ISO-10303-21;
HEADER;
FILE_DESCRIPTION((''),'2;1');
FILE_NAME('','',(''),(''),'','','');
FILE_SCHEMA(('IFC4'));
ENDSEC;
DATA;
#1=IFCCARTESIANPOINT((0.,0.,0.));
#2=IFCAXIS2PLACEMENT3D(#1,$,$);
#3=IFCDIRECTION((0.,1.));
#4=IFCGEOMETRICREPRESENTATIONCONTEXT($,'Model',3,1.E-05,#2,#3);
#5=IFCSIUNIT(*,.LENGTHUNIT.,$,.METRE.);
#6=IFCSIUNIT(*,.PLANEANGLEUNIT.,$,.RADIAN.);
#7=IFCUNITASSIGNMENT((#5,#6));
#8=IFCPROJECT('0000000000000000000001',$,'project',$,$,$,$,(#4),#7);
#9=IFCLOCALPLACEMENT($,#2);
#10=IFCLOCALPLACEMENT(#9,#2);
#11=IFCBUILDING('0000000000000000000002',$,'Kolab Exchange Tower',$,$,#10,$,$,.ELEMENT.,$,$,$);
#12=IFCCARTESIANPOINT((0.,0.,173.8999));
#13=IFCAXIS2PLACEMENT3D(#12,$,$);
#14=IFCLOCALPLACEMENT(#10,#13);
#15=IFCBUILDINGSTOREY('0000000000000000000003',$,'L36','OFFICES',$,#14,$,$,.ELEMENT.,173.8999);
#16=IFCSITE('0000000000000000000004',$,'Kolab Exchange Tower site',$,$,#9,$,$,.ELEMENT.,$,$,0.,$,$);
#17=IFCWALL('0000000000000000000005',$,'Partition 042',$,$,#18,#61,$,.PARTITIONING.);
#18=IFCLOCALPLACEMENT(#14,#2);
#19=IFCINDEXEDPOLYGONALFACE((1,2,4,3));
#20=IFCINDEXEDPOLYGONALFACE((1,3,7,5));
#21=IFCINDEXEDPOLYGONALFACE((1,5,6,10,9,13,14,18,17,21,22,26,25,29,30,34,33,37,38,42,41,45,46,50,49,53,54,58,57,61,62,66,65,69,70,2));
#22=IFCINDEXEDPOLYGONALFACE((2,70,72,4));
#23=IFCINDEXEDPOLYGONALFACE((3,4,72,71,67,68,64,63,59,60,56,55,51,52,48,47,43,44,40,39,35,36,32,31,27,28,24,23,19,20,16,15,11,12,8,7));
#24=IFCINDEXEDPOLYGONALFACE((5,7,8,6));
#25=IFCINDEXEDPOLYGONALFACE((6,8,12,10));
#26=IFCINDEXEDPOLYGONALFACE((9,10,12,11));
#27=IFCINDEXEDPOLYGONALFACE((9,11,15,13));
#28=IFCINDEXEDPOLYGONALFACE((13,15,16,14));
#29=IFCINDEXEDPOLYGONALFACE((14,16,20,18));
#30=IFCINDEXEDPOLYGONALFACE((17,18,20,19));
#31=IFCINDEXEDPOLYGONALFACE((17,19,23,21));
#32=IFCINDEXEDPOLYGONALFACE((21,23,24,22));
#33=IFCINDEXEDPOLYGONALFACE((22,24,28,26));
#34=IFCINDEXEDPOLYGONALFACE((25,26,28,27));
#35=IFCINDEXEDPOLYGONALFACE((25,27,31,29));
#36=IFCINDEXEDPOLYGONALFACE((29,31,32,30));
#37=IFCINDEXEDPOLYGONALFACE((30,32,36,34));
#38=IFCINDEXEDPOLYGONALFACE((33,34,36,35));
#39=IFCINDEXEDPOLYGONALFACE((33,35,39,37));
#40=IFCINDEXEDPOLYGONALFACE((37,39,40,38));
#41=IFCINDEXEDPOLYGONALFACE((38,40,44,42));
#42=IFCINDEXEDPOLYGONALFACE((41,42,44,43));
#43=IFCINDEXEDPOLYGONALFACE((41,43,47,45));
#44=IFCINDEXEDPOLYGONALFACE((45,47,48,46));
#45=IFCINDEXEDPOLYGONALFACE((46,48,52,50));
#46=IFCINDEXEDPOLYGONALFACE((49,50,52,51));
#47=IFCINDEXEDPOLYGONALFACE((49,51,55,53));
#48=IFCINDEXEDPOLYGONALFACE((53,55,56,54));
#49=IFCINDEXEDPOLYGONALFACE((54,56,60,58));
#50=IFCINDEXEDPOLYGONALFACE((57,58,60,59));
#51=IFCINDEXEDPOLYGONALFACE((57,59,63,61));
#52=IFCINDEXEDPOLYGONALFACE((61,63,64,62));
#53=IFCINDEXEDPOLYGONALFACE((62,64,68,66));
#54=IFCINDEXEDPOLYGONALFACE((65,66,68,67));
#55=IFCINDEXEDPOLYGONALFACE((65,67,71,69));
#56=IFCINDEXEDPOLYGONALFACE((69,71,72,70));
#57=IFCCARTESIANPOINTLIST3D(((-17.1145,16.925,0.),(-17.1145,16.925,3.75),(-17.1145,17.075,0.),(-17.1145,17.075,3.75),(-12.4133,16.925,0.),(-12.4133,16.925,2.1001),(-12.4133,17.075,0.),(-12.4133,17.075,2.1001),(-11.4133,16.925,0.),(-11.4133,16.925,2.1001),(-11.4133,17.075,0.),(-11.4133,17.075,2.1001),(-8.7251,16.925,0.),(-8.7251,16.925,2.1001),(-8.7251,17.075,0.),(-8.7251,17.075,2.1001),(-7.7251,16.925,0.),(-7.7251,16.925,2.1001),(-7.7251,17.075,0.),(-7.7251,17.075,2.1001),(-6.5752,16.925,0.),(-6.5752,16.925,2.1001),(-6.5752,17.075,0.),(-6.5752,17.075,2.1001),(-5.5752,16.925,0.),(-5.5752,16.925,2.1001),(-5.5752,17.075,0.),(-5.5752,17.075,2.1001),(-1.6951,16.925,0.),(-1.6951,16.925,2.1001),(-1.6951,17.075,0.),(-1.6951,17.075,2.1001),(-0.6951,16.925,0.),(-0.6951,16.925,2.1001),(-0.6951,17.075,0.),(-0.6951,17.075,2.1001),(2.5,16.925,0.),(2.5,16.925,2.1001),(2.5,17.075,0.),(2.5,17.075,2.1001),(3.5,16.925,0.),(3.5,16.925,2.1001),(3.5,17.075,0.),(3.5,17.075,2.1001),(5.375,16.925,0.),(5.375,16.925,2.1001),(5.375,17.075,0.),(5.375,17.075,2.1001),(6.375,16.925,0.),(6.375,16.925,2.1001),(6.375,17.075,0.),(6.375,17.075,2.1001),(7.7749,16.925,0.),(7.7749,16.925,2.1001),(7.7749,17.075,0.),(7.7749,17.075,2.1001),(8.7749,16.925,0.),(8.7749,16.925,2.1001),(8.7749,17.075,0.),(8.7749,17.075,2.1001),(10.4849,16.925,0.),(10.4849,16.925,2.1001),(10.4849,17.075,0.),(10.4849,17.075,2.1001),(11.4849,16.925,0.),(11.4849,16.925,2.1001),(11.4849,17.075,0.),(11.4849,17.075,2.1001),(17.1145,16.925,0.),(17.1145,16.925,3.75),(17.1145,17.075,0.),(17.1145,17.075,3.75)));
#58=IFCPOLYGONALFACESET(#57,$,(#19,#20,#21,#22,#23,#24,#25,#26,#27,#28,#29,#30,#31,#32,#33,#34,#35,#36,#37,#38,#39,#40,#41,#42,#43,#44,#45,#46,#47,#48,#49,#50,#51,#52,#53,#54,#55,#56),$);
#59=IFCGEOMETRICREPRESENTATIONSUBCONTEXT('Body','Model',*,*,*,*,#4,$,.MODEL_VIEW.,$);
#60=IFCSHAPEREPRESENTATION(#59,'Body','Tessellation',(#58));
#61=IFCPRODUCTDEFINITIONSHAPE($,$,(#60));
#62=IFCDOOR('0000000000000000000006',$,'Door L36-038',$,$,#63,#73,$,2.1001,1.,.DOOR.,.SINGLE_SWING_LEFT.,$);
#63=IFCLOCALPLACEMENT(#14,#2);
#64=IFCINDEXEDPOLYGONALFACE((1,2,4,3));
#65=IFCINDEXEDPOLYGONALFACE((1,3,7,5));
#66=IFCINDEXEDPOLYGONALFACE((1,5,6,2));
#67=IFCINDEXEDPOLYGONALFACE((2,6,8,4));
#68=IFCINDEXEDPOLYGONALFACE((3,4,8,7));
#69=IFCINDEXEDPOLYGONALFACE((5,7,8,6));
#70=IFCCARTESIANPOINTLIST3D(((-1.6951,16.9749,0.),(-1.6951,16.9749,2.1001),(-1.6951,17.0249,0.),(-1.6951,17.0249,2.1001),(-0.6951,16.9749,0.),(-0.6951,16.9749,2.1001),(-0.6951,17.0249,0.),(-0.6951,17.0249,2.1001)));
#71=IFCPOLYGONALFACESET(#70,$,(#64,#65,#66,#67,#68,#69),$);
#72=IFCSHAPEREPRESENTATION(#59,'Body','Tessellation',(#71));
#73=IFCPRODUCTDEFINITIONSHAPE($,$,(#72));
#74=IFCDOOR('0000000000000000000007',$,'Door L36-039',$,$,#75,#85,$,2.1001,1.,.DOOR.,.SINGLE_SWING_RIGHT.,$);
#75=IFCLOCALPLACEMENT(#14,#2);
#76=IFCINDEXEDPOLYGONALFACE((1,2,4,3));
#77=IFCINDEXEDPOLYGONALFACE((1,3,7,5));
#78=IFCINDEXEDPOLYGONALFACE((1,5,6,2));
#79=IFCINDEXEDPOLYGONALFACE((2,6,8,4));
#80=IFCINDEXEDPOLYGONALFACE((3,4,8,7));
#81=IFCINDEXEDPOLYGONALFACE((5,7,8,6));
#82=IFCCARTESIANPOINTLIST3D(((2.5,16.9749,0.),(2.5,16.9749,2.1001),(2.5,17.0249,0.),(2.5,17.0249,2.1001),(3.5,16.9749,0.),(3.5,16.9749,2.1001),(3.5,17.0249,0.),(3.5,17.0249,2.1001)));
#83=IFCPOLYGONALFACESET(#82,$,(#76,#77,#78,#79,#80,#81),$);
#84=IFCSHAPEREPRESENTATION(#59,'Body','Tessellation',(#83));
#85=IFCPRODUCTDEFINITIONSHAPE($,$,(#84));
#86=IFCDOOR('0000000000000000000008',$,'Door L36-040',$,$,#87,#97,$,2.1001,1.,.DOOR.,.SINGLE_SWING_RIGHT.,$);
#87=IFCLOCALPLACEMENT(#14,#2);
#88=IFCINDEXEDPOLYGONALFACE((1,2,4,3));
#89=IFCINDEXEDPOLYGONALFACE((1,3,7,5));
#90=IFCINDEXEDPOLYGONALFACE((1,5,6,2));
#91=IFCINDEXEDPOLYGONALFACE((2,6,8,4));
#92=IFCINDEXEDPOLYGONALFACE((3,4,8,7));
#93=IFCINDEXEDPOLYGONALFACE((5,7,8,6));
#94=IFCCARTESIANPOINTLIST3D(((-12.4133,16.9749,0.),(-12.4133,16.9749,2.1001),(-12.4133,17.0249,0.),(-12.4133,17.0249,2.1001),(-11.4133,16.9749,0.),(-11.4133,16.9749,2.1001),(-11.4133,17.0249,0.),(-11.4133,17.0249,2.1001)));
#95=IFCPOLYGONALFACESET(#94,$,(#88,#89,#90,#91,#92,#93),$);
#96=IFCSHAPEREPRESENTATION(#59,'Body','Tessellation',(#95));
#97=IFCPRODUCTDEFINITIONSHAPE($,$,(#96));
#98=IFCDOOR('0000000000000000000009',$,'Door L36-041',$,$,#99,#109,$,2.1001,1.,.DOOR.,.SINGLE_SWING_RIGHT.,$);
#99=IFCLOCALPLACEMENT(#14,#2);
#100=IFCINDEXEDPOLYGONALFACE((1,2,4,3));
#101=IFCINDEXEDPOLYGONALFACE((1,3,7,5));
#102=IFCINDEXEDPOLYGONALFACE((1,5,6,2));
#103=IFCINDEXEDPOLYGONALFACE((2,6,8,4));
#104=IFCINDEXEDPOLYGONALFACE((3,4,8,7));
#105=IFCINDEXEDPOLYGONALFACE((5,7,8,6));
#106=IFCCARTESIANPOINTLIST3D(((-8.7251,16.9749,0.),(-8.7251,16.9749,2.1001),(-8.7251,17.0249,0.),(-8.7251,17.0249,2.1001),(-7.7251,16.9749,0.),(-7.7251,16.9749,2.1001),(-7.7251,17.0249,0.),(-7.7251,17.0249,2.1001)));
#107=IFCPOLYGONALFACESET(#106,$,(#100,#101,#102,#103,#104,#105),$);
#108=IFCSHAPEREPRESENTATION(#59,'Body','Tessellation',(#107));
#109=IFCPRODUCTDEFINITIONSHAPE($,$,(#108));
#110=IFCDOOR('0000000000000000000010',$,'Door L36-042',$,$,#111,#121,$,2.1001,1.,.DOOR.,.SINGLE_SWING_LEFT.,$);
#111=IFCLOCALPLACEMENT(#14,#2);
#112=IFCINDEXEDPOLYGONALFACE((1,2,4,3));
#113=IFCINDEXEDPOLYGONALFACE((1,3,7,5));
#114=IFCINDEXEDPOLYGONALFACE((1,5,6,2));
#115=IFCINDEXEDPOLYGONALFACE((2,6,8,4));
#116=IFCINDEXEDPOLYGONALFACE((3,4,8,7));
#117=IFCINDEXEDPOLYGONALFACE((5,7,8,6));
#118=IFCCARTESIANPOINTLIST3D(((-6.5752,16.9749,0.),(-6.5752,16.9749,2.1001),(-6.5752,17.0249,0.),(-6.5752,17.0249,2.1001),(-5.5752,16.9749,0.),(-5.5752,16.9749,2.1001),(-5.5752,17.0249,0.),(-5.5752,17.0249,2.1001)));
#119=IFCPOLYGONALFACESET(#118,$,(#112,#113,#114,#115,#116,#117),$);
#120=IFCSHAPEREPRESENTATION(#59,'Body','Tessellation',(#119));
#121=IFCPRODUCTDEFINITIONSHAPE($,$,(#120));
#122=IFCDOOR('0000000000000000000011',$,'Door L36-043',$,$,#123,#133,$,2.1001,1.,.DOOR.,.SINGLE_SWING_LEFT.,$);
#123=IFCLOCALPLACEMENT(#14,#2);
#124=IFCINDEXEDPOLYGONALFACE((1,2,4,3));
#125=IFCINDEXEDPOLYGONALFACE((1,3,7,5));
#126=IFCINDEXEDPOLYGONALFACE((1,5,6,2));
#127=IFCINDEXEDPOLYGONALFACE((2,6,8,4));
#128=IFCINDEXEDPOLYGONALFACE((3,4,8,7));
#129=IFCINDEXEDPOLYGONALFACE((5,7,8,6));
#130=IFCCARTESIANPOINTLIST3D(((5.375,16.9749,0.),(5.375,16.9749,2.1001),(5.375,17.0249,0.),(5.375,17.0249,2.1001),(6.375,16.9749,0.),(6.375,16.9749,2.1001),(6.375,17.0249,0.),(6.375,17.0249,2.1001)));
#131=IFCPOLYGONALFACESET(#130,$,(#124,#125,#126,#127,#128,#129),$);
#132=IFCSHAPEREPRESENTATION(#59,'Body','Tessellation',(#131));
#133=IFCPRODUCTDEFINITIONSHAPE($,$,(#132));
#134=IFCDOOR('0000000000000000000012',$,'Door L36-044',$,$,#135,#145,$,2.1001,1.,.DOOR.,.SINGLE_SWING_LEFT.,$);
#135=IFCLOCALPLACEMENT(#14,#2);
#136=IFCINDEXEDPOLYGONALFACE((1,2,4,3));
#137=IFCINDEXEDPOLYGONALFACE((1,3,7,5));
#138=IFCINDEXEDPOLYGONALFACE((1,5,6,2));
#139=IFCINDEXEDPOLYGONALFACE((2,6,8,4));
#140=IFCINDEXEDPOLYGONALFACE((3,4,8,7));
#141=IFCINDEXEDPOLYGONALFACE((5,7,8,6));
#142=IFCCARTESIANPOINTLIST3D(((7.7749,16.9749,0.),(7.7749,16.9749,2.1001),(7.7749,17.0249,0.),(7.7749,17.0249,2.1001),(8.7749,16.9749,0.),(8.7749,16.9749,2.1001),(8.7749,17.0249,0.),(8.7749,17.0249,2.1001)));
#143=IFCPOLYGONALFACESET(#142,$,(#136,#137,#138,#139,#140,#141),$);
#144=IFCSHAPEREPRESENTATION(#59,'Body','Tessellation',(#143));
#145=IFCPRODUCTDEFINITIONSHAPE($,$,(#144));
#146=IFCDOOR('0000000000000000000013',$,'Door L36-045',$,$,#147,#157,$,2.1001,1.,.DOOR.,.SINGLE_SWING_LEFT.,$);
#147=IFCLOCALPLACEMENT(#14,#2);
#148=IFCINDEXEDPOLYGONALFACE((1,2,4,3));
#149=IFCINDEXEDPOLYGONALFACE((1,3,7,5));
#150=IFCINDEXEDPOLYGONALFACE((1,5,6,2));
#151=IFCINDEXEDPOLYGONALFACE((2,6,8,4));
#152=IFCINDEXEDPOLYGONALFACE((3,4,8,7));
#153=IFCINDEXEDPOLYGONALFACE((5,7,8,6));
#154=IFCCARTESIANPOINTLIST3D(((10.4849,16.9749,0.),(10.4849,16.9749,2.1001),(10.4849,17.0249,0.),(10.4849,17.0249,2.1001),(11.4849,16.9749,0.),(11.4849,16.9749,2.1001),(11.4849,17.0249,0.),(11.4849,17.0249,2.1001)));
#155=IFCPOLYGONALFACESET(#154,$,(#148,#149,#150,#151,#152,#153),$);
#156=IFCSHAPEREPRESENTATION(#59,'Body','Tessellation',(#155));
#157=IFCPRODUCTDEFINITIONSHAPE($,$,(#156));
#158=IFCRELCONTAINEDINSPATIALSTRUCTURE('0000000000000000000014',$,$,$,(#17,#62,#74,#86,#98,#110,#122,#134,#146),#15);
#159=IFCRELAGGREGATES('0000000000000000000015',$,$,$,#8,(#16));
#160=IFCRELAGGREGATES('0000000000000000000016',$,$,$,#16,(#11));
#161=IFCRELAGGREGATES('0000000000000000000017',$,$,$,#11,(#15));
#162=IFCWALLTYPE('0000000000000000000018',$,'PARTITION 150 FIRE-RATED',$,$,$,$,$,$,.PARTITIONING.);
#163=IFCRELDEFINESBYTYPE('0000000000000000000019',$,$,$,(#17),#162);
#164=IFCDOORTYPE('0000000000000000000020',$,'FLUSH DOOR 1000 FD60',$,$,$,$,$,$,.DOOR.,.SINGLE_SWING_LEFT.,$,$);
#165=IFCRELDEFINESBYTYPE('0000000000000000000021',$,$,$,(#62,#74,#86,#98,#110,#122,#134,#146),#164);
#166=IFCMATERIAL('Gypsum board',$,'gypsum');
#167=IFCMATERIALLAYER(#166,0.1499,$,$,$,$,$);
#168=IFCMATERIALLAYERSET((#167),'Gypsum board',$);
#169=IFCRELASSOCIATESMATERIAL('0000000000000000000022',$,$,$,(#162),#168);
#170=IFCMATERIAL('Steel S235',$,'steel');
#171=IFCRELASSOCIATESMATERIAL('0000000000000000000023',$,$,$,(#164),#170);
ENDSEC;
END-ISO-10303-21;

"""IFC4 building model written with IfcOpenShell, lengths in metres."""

from ifc_helpers import new_model, si_unit, direction, frame, frame_2d, origin, place, context, subcontext, project, spatial, rectangle, extrude, material, layer, layer_set, type_object, element, fill, save


model = new_model("IFC4")

# Units and contexts
model_context = context("Model", 3, precision=1e-05, world=origin(), true_north=direction((0.0, 1.0)))
body_context = subcontext(model_context, "Body", "Model", "MODEL_VIEW")
ifc_project = project(units=[si_unit("LENGTHUNIT", "METRE"), si_unit("PLANEANGLEUNIT", "RADIAN")], contexts=[model_context])

# Site, building, storey
site_placement = place(None, origin())
site = spatial("IfcSite", under=ifc_project, at=site_placement, Name="Kolab Exchange Tower site", CompositionType="ELEMENT", RefElevation=0.0)
building_placement = place(site_placement, origin())
building = spatial("IfcBuilding", under=site, at=building_placement, Name="Kolab Exchange Tower", CompositionType="ELEMENT")
storey_placement = place(building_placement, frame((0.0, 0.0, 173.8999)))
storey = spatial("IfcBuildingStorey", under=building, at=storey_placement, Name="L36", Description="OFFICES", CompositionType="ELEMENT", Elevation=173.8999)

# Wall, openings, doors
ifc_material_1 = material(Name="Gypsum board", Category="gypsum")
ifc_layer_1 = layer(ifc_material_1, 0.1499)
ifc_layer_set_1 = layer_set([ifc_layer_1], Name="Gypsum board")
wall_type = type_object("IfcWallType", Name="PARTITION 150 FIRE-RATED", PredefinedType="PARTITIONING", material=ifc_layer_set_1)
wall_placement = place(storey_placement, frame((-17.1145, 17.0, 0.0), z_axis=(0.0, 0.0, 1.0), x_axis=(1.0, 0.0, 0.0)))
wall = element("IfcWall", 1, at=wall_placement, inside=storey, type_object=wall_type, Name="Partition 042", PredefinedType="PARTITIONING", context=body_context, shape_type="SweptSolid", body=[
    extrude(rectangle(XDim=34.229, YDim=0.1499, at=frame_2d((17.1145, 0.0))), origin(), (0.0, 0.0, 1.0), 3.75),
])
opening_1_placement = place(wall_placement, frame((15.4194, 0.0, 0.0)))
opening_1 = element("IfcOpeningElement", 2, at=opening_1_placement, cuts=wall, PredefinedType="OPENING", context=body_context, shape_type="SweptSolid", body=[
    extrude(rectangle(XDim=1.0, YDim=2.1001, at=frame_2d((0.5, 1.05))), frame((0.0, 0.085, 0.0), z_axis=(0.0, -1.0, 0.0), x_axis=(1.0, 0.0, 0.0)), (0.0, 0.0, 1.0), 0.1699),
])
opening_2_placement = place(wall_placement, frame((19.6145, 0.0, 0.0)))
opening_2 = element("IfcOpeningElement", 3, at=opening_2_placement, cuts=wall, PredefinedType="OPENING", context=body_context, shape_type="SweptSolid", body=[
    extrude(rectangle(XDim=1.0, YDim=2.1001, at=frame_2d((0.5, 1.05))), frame((0.0, 0.085, 0.0), z_axis=(0.0, -1.0, 0.0), x_axis=(1.0, 0.0, 0.0)), (0.0, 0.0, 1.0), 0.1699),
])
opening_3_placement = place(wall_placement, frame((4.7012, 0.0, 0.0)))
opening_3 = element("IfcOpeningElement", 4, at=opening_3_placement, cuts=wall, PredefinedType="OPENING", context=body_context, shape_type="SweptSolid", body=[
    extrude(rectangle(XDim=1.0, YDim=2.1001, at=frame_2d((0.5, 1.05))), frame((0.0, 0.085, 0.0), z_axis=(0.0, -1.0, 0.0), x_axis=(1.0, 0.0, 0.0)), (0.0, 0.0, 1.0), 0.1699),
])
opening_4_placement = place(wall_placement, frame((8.3894, 0.0, 0.0)))
opening_4 = element("IfcOpeningElement", 5, at=opening_4_placement, cuts=wall, PredefinedType="OPENING", context=body_context, shape_type="SweptSolid", body=[
    extrude(rectangle(XDim=1.0, YDim=2.1001, at=frame_2d((0.5, 1.05))), frame((0.0, 0.085, 0.0), z_axis=(0.0, -1.0, 0.0), x_axis=(1.0, 0.0, 0.0)), (0.0, 0.0, 1.0), 0.1699),
])
opening_5_placement = place(wall_placement, frame((10.5393, 0.0, 0.0)))
opening_5 = element("IfcOpeningElement", 6, at=opening_5_placement, cuts=wall, PredefinedType="OPENING", context=body_context, shape_type="SweptSolid", body=[
    extrude(rectangle(XDim=1.0, YDim=2.1001, at=frame_2d((0.5, 1.05))), frame((0.0, 0.085, 0.0), z_axis=(0.0, -1.0, 0.0), x_axis=(1.0, 0.0, 0.0)), (0.0, 0.0, 1.0), 0.1699),
])
opening_6_placement = place(wall_placement, frame((22.4895, 0.0, 0.0)))
opening_6 = element("IfcOpeningElement", 7, at=opening_6_placement, cuts=wall, PredefinedType="OPENING", context=body_context, shape_type="SweptSolid", body=[
    extrude(rectangle(XDim=1.0, YDim=2.1001, at=frame_2d((0.5, 1.05))), frame((0.0, 0.085, 0.0), z_axis=(0.0, -1.0, 0.0), x_axis=(1.0, 0.0, 0.0)), (0.0, 0.0, 1.0), 0.1699),
])
opening_7_placement = place(wall_placement, frame((24.8894, 0.0, 0.0)))
opening_7 = element("IfcOpeningElement", 8, at=opening_7_placement, cuts=wall, PredefinedType="OPENING", context=body_context, shape_type="SweptSolid", body=[
    extrude(rectangle(XDim=1.0, YDim=2.1001, at=frame_2d((0.5, 1.05))), frame((0.0, 0.085, 0.0), z_axis=(0.0, -1.0, 0.0), x_axis=(1.0, 0.0, 0.0)), (0.0, 0.0, 1.0), 0.1699),
])
opening_8_placement = place(wall_placement, frame((27.5994, 0.0, 0.0)))
opening_8 = element("IfcOpeningElement", 9, at=opening_8_placement, cuts=wall, PredefinedType="OPENING", context=body_context, shape_type="SweptSolid", body=[
    extrude(rectangle(XDim=1.0, YDim=2.1001, at=frame_2d((0.5, 1.05))), frame((0.0, 0.085, 0.0), z_axis=(0.0, -1.0, 0.0), x_axis=(1.0, 0.0, 0.0)), (0.0, 0.0, 1.0), 0.1699),
])
ifc_material_2 = material(Name="Steel S235", Category="steel")
door_type = type_object("IfcDoorType", Name="FLUSH DOOR 1000 FD60", OperationType="SINGLE_SWING_LEFT", PredefinedType="DOOR", material=ifc_material_2)
door_1_placement = place(opening_1_placement, origin())
door_1 = element("IfcDoor", 10, at=door_1_placement, inside=storey, type_object=door_type, Name="Door L36-038", OperationType="SINGLE_SWING_LEFT", OverallHeight=2.1001, OverallWidth=1.0, PredefinedType="DOOR", context=body_context, shape_type="SweptSolid", body=[
    extrude(rectangle(XDim=1.0, YDim=2.1001, at=frame_2d((0.5, 1.05))), frame((0.0, 0.0249, 0.0), z_axis=(0.0, -1.0, 0.0), x_axis=(1.0, 0.0, 0.0)), (0.0, 0.0, 1.0), 0.05),
])
fill(opening_1, door_1)
door_2_placement = place(opening_2_placement, origin())
door_2 = element("IfcDoor", 11, at=door_2_placement, inside=storey, type_object=door_type, Name="Door L36-039", OperationType="SINGLE_SWING_RIGHT", OverallHeight=2.1001, OverallWidth=1.0, PredefinedType="DOOR", context=body_context, shape_type="SweptSolid", body=[
    extrude(rectangle(XDim=1.0, YDim=2.1001, at=frame_2d((0.5, 1.05))), frame((0.0, 0.0249, 0.0), z_axis=(0.0, -1.0, 0.0), x_axis=(1.0, 0.0, 0.0)), (0.0, 0.0, 1.0), 0.05),
])
fill(opening_2, door_2)
door_3_placement = place(opening_3_placement, origin())
door_3 = element("IfcDoor", 12, at=door_3_placement, inside=storey, type_object=door_type, Name="Door L36-040", OperationType="SINGLE_SWING_RIGHT", OverallHeight=2.1001, OverallWidth=1.0, PredefinedType="DOOR", context=body_context, shape_type="SweptSolid", body=[
    extrude(rectangle(XDim=1.0, YDim=2.1001, at=frame_2d((0.5, 1.05))), frame((0.0, 0.0249, 0.0), z_axis=(0.0, -1.0, 0.0), x_axis=(1.0, 0.0, 0.0)), (0.0, 0.0, 1.0), 0.05),
])
fill(opening_3, door_3)
door_4_placement = place(opening_4_placement, origin())
door_4 = element("IfcDoor", 13, at=door_4_placement, inside=storey, type_object=door_type, Name="Door L36-041", OperationType="SINGLE_SWING_RIGHT", OverallHeight=2.1001, OverallWidth=1.0, PredefinedType="DOOR", context=body_context, shape_type="SweptSolid", body=[
    extrude(rectangle(XDim=1.0, YDim=2.1001, at=frame_2d((0.5, 1.05))), frame((0.0, 0.0249, 0.0), z_axis=(0.0, -1.0, 0.0), x_axis=(1.0, 0.0, 0.0)), (0.0, 0.0, 1.0), 0.05),
])
fill(opening_4, door_4)
door_5_placement = place(opening_5_placement, origin())
door_5 = element("IfcDoor", 14, at=door_5_placement, inside=storey, type_object=door_type, Name="Door L36-042", OperationType="SINGLE_SWING_LEFT", OverallHeight=2.1001, OverallWidth=1.0, PredefinedType="DOOR", context=body_context, shape_type="SweptSolid", body=[
    extrude(rectangle(XDim=1.0, YDim=2.1001, at=frame_2d((0.5, 1.05))), frame((0.0, 0.0249, 0.0), z_axis=(0.0, -1.0, 0.0), x_axis=(1.0, 0.0, 0.0)), (0.0, 0.0, 1.0), 0.05),
])
fill(opening_5, door_5)
door_6_placement = place(opening_6_placement, origin())
door_6 = element("IfcDoor", 15, at=door_6_placement, inside=storey, type_object=door_type, Name="Door L36-043", OperationType="SINGLE_SWING_LEFT", OverallHeight=2.1001, OverallWidth=1.0, PredefinedType="DOOR", context=body_context, shape_type="SweptSolid", body=[
    extrude(rectangle(XDim=1.0, YDim=2.1001, at=frame_2d((0.5, 1.05))), frame((0.0, 0.0249, 0.0), z_axis=(0.0, -1.0, 0.0), x_axis=(1.0, 0.0, 0.0)), (0.0, 0.0, 1.0), 0.05),
])
fill(opening_6, door_6)
door_7_placement = place(opening_7_placement, origin())
door_7 = element("IfcDoor", 16, at=door_7_placement, inside=storey, type_object=door_type, Name="Door L36-044", OperationType="SINGLE_SWING_LEFT", OverallHeight=2.1001, OverallWidth=1.0, PredefinedType="DOOR", context=body_context, shape_type="SweptSolid", body=[
    extrude(rectangle(XDim=1.0, YDim=2.1001, at=frame_2d((0.5, 1.05))), frame((0.0, 0.0249, 0.0), z_axis=(0.0, -1.0, 0.0), x_axis=(1.0, 0.0, 0.0)), (0.0, 0.0, 1.0), 0.05),
])
fill(opening_7, door_7)
door_8_placement = place(opening_8_placement, origin())
door_8 = element("IfcDoor", 17, at=door_8_placement, inside=storey, type_object=door_type, Name="Door L36-045", OperationType="SINGLE_SWING_LEFT", OverallHeight=2.1001, OverallWidth=1.0, PredefinedType="DOOR", context=body_context, shape_type="SweptSolid", body=[
    extrude(rectangle(XDim=1.0, YDim=2.1001, at=frame_2d((0.5, 1.05))), frame((0.0, 0.0249, 0.0), z_axis=(0.0, -1.0, 0.0), x_axis=(1.0, 0.0, 0.0)), (0.0, 0.0, 1.0), 0.05),
])
fill(opening_8, door_8)

save(model, "model.ifc")
